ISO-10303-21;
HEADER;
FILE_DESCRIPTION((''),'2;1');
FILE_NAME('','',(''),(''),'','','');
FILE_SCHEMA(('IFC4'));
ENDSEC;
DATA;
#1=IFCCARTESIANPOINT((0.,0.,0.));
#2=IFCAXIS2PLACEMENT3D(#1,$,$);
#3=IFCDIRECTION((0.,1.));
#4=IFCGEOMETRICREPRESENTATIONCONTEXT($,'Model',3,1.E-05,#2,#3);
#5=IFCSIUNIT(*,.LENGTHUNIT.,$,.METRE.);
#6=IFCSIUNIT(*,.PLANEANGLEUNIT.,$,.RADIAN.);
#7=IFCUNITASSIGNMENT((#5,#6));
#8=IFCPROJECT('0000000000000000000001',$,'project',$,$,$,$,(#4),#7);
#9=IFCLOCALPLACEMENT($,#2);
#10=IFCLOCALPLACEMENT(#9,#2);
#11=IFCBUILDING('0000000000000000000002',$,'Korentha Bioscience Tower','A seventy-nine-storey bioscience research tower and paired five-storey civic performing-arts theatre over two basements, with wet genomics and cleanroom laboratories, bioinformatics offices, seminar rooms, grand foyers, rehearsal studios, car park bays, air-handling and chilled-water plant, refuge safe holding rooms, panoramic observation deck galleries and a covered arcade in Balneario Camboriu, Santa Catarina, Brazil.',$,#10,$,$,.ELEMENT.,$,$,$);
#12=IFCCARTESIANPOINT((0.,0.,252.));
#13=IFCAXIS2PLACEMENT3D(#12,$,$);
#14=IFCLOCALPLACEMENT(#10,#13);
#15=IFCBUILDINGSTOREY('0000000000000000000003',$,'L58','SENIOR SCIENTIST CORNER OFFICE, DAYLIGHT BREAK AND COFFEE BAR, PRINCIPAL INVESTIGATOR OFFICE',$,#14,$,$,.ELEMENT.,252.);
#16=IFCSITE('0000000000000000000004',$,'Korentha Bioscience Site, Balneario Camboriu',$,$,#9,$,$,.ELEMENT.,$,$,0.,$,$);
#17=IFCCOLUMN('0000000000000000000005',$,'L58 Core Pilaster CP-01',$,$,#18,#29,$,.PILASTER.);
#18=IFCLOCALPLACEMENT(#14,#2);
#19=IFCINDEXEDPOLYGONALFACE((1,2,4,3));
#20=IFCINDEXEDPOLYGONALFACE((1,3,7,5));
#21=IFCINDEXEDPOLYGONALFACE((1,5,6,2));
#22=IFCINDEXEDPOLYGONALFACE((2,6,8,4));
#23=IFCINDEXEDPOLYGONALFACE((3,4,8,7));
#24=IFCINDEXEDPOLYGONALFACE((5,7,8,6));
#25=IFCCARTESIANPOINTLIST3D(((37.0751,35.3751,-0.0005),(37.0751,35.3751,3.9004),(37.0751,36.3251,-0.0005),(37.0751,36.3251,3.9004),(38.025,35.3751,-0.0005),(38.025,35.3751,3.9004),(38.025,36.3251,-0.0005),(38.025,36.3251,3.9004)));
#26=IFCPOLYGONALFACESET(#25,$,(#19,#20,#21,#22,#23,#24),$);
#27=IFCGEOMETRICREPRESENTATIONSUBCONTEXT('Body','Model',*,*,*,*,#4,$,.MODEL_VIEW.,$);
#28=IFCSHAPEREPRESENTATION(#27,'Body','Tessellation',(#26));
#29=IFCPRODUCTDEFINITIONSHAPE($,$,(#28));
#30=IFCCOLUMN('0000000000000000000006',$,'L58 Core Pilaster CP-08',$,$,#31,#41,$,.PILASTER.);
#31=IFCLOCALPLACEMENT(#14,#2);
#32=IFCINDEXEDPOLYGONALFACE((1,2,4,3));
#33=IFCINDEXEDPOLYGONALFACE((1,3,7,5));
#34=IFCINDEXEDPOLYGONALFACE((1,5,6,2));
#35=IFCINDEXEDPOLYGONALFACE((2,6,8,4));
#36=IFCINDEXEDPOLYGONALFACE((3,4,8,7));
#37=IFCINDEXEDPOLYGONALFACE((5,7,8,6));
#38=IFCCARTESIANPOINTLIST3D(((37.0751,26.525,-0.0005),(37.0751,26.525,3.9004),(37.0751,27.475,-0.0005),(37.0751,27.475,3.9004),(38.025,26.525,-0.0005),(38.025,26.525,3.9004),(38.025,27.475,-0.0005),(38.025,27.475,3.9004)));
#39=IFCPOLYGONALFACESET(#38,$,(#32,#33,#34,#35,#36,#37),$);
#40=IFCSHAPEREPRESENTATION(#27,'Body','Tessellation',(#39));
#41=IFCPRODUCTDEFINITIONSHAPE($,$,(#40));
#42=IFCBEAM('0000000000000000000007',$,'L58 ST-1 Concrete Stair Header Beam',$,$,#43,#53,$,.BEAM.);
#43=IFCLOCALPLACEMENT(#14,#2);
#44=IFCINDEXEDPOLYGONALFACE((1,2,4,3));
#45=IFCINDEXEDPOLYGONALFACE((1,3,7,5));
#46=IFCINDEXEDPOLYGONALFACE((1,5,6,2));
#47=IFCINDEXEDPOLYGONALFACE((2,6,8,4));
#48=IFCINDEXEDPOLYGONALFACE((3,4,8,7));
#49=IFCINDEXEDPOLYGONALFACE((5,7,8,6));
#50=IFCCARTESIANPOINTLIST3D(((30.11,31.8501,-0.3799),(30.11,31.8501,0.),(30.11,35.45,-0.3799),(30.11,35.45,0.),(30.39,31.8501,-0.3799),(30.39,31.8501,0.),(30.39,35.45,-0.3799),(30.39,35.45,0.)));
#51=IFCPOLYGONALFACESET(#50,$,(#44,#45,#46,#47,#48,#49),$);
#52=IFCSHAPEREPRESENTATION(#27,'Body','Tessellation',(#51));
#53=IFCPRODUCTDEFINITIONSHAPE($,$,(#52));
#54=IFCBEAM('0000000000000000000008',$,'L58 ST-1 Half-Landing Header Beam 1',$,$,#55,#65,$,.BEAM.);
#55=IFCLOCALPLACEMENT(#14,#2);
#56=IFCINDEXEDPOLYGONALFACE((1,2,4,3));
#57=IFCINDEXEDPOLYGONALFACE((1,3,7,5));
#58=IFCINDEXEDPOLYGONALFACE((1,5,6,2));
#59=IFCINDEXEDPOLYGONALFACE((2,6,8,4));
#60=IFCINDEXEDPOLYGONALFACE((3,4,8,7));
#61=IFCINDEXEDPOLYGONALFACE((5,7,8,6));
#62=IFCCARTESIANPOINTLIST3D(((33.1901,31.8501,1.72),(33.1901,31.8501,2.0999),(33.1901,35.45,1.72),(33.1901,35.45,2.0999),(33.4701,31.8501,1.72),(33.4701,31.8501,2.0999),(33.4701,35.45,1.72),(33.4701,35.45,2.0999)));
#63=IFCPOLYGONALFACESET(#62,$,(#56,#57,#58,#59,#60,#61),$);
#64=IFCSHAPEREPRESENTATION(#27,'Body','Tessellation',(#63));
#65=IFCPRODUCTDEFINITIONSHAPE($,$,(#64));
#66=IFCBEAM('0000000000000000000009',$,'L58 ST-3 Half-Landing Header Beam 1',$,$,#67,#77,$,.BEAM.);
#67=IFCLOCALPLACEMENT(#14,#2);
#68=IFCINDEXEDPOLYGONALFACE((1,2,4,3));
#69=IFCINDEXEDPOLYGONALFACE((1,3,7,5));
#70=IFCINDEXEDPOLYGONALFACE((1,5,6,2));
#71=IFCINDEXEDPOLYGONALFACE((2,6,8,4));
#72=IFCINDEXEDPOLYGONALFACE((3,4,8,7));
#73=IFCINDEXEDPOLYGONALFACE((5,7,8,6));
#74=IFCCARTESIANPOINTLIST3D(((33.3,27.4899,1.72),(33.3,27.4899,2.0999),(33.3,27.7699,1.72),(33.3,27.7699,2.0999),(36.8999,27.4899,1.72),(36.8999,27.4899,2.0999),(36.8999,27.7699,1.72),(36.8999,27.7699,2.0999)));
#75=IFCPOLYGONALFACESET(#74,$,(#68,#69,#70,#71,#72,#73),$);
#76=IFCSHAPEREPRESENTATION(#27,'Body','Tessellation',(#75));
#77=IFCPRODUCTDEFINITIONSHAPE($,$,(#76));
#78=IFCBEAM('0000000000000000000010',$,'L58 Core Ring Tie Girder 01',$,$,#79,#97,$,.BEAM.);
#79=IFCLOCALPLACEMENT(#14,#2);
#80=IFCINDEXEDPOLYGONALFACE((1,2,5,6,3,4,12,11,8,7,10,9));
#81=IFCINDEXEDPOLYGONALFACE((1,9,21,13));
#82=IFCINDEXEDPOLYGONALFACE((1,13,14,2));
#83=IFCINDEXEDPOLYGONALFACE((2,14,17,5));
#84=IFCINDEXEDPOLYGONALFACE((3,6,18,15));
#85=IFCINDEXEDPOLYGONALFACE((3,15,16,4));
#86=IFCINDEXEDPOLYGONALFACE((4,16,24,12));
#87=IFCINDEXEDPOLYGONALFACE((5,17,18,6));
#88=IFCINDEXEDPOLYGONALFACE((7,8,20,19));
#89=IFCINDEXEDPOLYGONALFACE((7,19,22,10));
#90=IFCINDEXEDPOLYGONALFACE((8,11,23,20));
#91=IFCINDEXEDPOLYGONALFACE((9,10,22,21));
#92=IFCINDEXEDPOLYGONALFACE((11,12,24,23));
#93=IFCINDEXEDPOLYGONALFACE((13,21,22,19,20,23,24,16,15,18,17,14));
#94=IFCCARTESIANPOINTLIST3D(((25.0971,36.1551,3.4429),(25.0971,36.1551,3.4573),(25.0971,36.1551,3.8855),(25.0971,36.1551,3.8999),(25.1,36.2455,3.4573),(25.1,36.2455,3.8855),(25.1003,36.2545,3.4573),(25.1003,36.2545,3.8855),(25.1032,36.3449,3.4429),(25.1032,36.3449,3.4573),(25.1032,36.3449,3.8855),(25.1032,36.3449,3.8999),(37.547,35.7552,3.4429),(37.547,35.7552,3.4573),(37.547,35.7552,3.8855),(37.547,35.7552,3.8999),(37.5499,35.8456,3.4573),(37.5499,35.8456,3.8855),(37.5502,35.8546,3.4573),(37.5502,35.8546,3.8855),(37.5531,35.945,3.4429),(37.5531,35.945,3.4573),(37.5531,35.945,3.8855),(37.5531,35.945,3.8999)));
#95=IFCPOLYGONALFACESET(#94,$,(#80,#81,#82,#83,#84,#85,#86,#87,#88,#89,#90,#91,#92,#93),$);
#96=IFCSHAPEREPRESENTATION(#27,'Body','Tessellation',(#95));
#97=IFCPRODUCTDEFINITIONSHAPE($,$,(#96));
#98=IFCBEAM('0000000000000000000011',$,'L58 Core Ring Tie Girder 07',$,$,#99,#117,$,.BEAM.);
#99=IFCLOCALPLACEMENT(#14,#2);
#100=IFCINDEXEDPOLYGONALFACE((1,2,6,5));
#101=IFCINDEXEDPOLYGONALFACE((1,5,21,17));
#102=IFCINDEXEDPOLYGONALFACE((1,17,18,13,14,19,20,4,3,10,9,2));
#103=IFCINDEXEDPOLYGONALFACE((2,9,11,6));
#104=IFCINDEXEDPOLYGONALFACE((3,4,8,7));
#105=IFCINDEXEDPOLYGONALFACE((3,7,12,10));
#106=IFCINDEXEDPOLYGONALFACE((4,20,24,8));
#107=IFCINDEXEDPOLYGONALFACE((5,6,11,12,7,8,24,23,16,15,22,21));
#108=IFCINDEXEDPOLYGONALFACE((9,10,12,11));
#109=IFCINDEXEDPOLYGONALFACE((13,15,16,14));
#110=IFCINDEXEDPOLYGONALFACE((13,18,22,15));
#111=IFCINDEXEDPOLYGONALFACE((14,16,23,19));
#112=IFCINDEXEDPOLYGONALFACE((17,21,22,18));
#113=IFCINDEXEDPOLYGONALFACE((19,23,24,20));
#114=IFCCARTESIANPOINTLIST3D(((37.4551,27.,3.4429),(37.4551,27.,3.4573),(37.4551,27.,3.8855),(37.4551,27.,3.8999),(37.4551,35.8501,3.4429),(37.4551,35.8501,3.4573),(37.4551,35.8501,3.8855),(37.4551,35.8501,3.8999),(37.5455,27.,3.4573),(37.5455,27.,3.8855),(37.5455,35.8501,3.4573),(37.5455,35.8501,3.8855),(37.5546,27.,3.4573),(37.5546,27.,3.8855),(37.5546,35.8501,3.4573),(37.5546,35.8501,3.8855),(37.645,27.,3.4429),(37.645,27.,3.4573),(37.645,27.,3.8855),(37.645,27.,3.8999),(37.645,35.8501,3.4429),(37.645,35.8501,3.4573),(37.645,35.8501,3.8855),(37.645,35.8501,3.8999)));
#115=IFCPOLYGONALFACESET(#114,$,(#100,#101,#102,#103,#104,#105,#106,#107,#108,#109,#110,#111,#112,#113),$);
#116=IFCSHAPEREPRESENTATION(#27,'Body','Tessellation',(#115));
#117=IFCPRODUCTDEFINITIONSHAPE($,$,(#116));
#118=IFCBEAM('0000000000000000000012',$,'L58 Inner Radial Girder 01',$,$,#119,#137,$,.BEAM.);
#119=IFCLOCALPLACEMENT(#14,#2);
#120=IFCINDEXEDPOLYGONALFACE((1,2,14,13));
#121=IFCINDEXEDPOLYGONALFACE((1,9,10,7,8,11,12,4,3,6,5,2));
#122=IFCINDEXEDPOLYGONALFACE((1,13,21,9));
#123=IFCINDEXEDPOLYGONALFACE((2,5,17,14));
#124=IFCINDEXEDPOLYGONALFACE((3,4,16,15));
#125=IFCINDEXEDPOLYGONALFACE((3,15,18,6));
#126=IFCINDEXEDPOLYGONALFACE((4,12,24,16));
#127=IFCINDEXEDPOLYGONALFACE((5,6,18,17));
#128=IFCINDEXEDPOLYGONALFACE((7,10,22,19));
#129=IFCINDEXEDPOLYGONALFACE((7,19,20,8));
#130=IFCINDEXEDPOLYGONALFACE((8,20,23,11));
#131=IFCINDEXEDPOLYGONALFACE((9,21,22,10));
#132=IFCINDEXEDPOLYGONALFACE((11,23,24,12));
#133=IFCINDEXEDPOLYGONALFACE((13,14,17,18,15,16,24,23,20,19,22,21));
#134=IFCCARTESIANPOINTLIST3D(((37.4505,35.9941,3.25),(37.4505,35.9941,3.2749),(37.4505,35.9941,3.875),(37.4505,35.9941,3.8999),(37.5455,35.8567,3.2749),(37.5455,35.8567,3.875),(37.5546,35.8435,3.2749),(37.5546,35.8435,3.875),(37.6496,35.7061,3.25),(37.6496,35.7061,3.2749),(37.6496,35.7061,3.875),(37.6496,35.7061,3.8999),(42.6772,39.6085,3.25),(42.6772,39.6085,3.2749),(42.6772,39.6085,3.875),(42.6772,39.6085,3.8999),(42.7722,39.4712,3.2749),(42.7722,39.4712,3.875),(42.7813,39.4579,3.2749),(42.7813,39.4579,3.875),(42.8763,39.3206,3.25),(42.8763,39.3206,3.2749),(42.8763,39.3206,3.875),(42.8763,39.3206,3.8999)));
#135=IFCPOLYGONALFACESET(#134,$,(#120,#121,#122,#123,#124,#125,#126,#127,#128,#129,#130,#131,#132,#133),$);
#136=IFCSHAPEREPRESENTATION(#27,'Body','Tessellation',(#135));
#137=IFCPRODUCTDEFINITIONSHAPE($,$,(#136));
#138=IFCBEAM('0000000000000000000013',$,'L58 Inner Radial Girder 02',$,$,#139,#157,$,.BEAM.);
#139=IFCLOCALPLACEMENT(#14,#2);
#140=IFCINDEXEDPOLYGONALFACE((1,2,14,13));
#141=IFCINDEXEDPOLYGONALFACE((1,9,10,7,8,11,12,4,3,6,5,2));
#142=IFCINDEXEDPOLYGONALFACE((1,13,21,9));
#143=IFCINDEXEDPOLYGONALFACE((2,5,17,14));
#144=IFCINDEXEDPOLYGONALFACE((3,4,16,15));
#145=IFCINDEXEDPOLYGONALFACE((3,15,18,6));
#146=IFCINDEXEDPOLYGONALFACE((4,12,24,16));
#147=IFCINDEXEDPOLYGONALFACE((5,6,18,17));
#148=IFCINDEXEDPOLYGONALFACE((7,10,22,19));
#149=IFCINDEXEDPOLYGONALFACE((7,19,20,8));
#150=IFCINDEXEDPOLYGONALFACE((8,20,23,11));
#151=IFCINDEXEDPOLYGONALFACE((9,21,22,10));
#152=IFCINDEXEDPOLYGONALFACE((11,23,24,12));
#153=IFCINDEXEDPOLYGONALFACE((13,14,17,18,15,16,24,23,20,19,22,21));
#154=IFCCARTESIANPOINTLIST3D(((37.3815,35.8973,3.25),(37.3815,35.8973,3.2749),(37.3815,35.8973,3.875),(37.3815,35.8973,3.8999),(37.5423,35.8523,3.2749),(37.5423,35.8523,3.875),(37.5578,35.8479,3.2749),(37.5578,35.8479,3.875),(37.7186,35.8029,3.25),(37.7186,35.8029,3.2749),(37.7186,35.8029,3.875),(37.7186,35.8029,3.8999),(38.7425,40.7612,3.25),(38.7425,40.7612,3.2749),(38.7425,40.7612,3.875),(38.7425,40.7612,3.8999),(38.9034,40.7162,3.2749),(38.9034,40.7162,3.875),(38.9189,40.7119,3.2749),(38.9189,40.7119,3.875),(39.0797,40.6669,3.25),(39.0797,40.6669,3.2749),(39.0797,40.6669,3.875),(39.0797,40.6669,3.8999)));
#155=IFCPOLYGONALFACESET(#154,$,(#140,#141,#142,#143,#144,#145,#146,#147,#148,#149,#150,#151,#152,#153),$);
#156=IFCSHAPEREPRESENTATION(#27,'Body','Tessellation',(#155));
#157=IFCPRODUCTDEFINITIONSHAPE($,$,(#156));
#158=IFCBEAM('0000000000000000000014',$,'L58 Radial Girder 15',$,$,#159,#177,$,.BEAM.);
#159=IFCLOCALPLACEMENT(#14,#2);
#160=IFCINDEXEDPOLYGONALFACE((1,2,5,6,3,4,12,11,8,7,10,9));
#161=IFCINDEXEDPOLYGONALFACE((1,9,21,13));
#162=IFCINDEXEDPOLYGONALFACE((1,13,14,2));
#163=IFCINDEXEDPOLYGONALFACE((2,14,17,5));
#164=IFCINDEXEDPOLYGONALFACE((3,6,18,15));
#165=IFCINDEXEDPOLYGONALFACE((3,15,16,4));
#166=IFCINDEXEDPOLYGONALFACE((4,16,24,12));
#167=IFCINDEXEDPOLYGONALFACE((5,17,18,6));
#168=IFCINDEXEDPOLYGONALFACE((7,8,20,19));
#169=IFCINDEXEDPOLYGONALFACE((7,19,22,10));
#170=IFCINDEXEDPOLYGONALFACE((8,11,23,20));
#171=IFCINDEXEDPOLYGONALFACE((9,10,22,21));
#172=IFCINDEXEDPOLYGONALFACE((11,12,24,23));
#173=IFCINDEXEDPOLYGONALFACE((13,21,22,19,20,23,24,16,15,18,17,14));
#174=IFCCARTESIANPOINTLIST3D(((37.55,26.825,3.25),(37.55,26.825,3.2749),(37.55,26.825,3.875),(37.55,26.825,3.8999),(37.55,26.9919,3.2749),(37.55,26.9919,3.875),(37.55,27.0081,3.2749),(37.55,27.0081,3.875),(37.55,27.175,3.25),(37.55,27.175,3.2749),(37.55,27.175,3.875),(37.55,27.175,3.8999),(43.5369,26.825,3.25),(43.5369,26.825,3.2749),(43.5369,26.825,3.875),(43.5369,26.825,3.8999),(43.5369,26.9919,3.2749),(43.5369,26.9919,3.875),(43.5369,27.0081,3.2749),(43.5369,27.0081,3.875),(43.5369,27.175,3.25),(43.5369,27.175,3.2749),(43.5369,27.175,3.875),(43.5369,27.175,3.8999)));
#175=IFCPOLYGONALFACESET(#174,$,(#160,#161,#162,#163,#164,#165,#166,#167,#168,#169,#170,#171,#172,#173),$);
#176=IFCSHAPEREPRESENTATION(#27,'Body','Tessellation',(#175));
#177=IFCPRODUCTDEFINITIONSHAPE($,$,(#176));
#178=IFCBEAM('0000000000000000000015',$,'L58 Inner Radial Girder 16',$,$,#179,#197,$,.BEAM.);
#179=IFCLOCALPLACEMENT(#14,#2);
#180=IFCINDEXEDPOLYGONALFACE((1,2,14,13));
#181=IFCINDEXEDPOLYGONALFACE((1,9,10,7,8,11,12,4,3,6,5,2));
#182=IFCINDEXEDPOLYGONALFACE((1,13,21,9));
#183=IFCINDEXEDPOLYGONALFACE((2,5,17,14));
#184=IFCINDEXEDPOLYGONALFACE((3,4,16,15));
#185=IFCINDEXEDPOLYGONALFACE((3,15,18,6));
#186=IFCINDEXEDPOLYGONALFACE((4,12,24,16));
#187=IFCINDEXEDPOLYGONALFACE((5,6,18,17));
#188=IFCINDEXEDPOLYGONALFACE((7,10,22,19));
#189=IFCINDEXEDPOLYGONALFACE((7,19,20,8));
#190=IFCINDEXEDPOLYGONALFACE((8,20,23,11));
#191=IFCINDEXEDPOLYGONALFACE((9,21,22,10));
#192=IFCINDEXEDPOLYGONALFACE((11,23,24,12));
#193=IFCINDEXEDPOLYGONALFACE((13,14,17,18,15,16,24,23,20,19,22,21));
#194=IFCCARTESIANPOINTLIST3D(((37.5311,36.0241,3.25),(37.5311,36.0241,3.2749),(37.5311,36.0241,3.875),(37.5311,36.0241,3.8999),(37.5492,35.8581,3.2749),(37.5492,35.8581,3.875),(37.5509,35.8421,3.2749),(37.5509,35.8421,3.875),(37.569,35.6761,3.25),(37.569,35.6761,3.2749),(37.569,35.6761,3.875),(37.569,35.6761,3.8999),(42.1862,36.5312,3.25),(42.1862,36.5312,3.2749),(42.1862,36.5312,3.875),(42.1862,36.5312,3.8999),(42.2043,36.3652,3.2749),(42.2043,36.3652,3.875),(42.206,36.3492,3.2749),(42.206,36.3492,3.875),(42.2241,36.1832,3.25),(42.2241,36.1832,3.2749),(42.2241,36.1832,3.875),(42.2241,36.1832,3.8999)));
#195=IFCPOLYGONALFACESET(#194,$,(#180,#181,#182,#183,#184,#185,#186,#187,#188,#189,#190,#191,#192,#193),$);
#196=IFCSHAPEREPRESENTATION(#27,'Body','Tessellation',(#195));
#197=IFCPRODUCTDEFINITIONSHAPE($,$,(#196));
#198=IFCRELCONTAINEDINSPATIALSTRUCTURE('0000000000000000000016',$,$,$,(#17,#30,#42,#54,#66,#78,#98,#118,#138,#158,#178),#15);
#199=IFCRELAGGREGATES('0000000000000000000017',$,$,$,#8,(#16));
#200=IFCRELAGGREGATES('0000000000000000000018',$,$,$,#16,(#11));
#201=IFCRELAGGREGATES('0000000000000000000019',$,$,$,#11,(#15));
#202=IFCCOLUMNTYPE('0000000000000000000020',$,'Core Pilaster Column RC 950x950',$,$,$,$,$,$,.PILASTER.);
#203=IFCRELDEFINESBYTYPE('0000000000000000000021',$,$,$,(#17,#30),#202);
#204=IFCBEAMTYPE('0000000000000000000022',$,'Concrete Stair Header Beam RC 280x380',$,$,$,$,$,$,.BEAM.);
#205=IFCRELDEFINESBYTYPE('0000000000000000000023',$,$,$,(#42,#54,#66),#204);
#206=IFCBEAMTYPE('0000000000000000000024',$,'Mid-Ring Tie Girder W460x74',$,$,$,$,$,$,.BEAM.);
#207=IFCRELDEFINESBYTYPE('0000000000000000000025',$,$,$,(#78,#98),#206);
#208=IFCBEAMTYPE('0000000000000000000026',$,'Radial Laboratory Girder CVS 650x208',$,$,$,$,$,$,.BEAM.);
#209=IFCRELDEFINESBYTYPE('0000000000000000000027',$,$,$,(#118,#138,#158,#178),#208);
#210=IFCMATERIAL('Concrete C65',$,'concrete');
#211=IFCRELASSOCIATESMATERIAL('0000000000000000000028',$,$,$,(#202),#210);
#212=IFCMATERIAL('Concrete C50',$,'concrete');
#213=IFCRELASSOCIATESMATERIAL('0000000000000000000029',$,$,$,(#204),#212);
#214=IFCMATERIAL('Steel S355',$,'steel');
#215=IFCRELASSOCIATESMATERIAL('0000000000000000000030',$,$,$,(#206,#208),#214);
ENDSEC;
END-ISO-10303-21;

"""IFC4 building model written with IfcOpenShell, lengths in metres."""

from ifc_helpers import new_model, si_unit, direction, frame, origin, origin_2d, place, context, subcontext, project, spatial, rectangle, i_section, extrude, material, material_profile, profile_set, type_object, element, save


model = new_model("IFC4")

# Units and contexts
model_context = context("Model", 3, precision=1e-05, world=origin(), true_north=direction((0.0, 1.0)))
body_context = subcontext(model_context, "Body", "Model", "MODEL_VIEW")
ifc_project = project(units=[si_unit("LENGTHUNIT", "METRE"), si_unit("PLANEANGLEUNIT", "RADIAN")], contexts=[model_context])

# Site, building, storey
site_placement = place(None, origin())
site = spatial("IfcSite", under=ifc_project, at=site_placement, Name="Korentha Bioscience Site, Balneario Camboriu", CompositionType="ELEMENT", RefElevation=0.0)
building_placement = place(site_placement, origin())
building = spatial("IfcBuilding", under=site, at=building_placement, Name="Korentha Bioscience Tower", Description="A seventy-nine-storey bioscience research tower and paired five-storey civic performing-arts theatre over two basements, with wet genomics and cleanroom laboratories, bioinformatics offices, seminar rooms, grand foyers, rehearsal studios, car park bays, air-handling and chilled-water plant, refuge safe holding rooms, panoramic observation deck galleries and a covered arcade in Balneario Camboriu, Santa Catarina, Brazil.", CompositionType="ELEMENT")
storey_placement = place(building_placement, frame((0.0, 0.0, 252.0)))
storey = spatial("IfcBuildingStorey", under=building, at=storey_placement, Name="L58", Description="SENIOR SCIENTIST CORNER OFFICE, DAYLIGHT BREAK AND COFFEE BAR, PRINCIPAL INVESTIGATOR OFFICE", CompositionType="ELEMENT", Elevation=252.0)

# Columns
ifc_material_1 = material(Name="Concrete C65", Category="concrete")
ifc_material_profile_1 = material_profile(ifc_material_1, rectangle(XDim=0.95, YDim=0.95, at=origin_2d()), Name="Concrete C65")
ifc_profile_set_1 = profile_set([ifc_material_profile_1], Name="Concrete C65 (COL-CP09)")
column_type = type_object("IfcColumnType", Name="Core Pilaster Column RC 950x950", PredefinedType="PILASTER", material=ifc_profile_set_1)
for number, where, z_axis, x_axis, name in (
    (1, (37.55, 35.8501, -0.0005), (0.0, 0.0, 1.0), (1.0, 0.0, 0.0), "L58 Core Pilaster CP-01"),
    (2, (37.55, 27.0, -0.0005), (0.0, 0.0, 1.0), (1.0, 0.0, 0.0), "L58 Core Pilaster CP-08"),
):
    element("IfcColumn", number, at=place(storey_placement, frame(where, z_axis=z_axis, x_axis=x_axis)), inside=storey, type_object=column_type, Name=name, PredefinedType="PILASTER", context=body_context, shape_type="SweptSolid", body=[
        extrude(rectangle(XDim=0.95, YDim=0.95, at=origin_2d()), origin(), (0.0, 0.0, 1.0), 3.9009),
    ])

# Beams
ifc_material_2 = material(Name="Concrete C50", Category="concrete")
ifc_material_profile_2 = material_profile(ifc_material_2, rectangle(XDim=0.28, YDim=0.3799, at=origin_2d()), Name="Concrete C50")
ifc_profile_set_2 = profile_set([ifc_material_profile_2], Name="Concrete C50 (ST-HB380)")
beam_type_1 = type_object("IfcBeamType", Name="Concrete Stair Header Beam RC 280x380", PredefinedType="BEAM", material=ifc_profile_set_2)
for number, where, z_axis, x_axis, name in (
    (3, (30.25, 31.8501, -0.1899), (0.0, 1.0, 0.0), (-1.0, 0.0, 0.0), "L58 ST-1 Concrete Stair Header Beam"),
    (4, (33.3301, 31.8501, 1.9099), (0.0, 1.0, 0.0), (-1.0, 0.0, 0.0), "L58 ST-1 Half-Landing Header Beam 1"),
    (5, (36.8999, 27.6299, 1.9099), (-1.0, 0.0, 0.0), (0.0, -1.0, 0.0), "L58 ST-3 Half-Landing Header Beam 1"),
):
    element("IfcBeam", number, at=place(storey_placement, frame(where, z_axis=z_axis, x_axis=x_axis)), inside=storey, type_object=beam_type_1, Name=name, PredefinedType="BEAM", context=body_context, shape_type="SweptSolid", body=[
        extrude(rectangle(XDim=0.28, YDim=0.3799, at=origin_2d()), origin(), (0.0, 0.0, 1.0), 3.5999),
    ])
ifc_material_3 = material(Name="Steel S355", Category="steel")
ifc_material_profile_3 = material_profile(ifc_material_3, i_section(OverallWidth=0.1899, OverallDepth=0.457, WebThickness=0.009, FlangeThickness=0.0144, at=origin_2d()), Name="Steel S355")
ifc_profile_set_3 = profile_set([ifc_material_profile_3], Name="Steel S355 (MB-460)")
beam_type_2 = type_object("IfcBeamType", Name="Mid-Ring Tie Girder W460x74", PredefinedType="BEAM", material=ifc_profile_set_3)
beam_1_placement = place(storey_placement, frame((37.55, 35.8501, 3.6714), z_axis=(-0.999485, 0.032104, 0.0), x_axis=(-0.032104, -0.999485, 0.0)))
element("IfcBeam", 6, at=beam_1_placement, inside=storey, type_object=beam_type_2, Name="L58 Core Ring Tie Girder 01", PredefinedType="BEAM", context=body_context, shape_type="SweptSolid", body=[
    extrude(i_section(OverallWidth=0.1899, OverallDepth=0.457, WebThickness=0.009, FlangeThickness=0.0144, at=origin_2d()), origin(), (0.0, 0.0, 1.0), 12.4563),
])
beam_2_placement = place(storey_placement, frame((37.55, 27.0, 3.6714), z_axis=(0.0, 1.0, 0.0), x_axis=(-1.0, 0.0, 0.0)))
element("IfcBeam", 7, at=beam_2_placement, inside=storey, type_object=beam_type_2, Name="L58 Core Ring Tie Girder 07", PredefinedType="BEAM", context=body_context, shape_type="SweptSolid", body=[
    extrude(i_section(OverallWidth=0.1899, OverallDepth=0.457, WebThickness=0.009, FlangeThickness=0.0144, at=origin_2d()), origin(), (0.0, 0.0, 1.0), 8.8501),
])
ifc_material_profile_4 = material_profile(ifc_material_3, i_section(OverallWidth=0.3501, OverallDepth=0.6499, WebThickness=0.0161, FlangeThickness=0.0249, at=origin_2d()), Name="Steel S355")
ifc_profile_set_4 = profile_set([ifc_material_profile_4], Name="Steel S355 (RB-650)")
beam_type_3 = type_object("IfcBeamType", Name="Radial Laboratory Girder CVS 650x208", PredefinedType="BEAM", material=ifc_profile_set_4)
beam_3_placement = place(storey_placement, frame((37.55, 35.8501, 3.575), z_axis=(0.822491, 0.568778, 0.0), x_axis=(-0.568778, 0.822491, 0.0)))
element("IfcBeam", 8, at=beam_3_placement, inside=storey, type_object=beam_type_3, Name="L58 Inner Radial Girder 01", PredefinedType="BEAM", context=body_context, shape_type="SweptSolid", body=[
    extrude(i_section(OverallWidth=0.3501, OverallDepth=0.6499, WebThickness=0.0161, FlangeThickness=0.0249, at=origin_2d()), origin(), (0.0, 0.0, 1.0), 6.3547),
])
beam_4_placement = place(storey_placement, frame((37.55, 35.8501, 3.575), z_axis=(0.269476, 0.963007, 0.0), x_axis=(-0.963007, 0.269476, 0.0)))
element("IfcBeam", 9, at=beam_4_placement, inside=storey, type_object=beam_type_3, Name="L58 Inner Radial Girder 02", PredefinedType="BEAM", context=body_context, shape_type="SweptSolid", body=[
    extrude(i_section(OverallWidth=0.3501, OverallDepth=0.6499, WebThickness=0.0161, FlangeThickness=0.0249, at=origin_2d()), origin(), (0.0, 0.0, 1.0), 5.0508),
])
beam_5_placement = place(storey_placement, frame((37.55, 27.0, 3.575), z_axis=(1.0, 0.0, 0.0), x_axis=(0.0, 1.0, 0.0)))
element("IfcBeam", 10, at=beam_5_placement, inside=storey, type_object=beam_type_3, Name="L58 Radial Girder 15", PredefinedType="BEAM", context=body_context, shape_type="SweptSolid", body=[
    extrude(i_section(OverallWidth=0.3501, OverallDepth=0.6499, WebThickness=0.0161, FlangeThickness=0.0249, at=origin_2d()), origin(), (0.0, 0.0, 1.0), 5.9868),
])
beam_6_placement = place(storey_placement, frame((37.55, 35.8501, 3.575), z_axis=(0.994119, 0.108291, 0.0), x_axis=(-0.108291, 0.994119, 0.0)))
element("IfcBeam", 11, at=beam_6_placement, inside=storey, type_object=beam_type_3, Name="L58 Inner Radial Girder 16", PredefinedType="BEAM", context=body_context, shape_type="SweptSolid", body=[
    extrude(i_section(OverallWidth=0.3501, OverallDepth=0.6499, WebThickness=0.0161, FlangeThickness=0.0249, at=origin_2d()), origin(), (0.0, 0.0, 1.0), 4.6826),
])

save(model, "model.ifc")
